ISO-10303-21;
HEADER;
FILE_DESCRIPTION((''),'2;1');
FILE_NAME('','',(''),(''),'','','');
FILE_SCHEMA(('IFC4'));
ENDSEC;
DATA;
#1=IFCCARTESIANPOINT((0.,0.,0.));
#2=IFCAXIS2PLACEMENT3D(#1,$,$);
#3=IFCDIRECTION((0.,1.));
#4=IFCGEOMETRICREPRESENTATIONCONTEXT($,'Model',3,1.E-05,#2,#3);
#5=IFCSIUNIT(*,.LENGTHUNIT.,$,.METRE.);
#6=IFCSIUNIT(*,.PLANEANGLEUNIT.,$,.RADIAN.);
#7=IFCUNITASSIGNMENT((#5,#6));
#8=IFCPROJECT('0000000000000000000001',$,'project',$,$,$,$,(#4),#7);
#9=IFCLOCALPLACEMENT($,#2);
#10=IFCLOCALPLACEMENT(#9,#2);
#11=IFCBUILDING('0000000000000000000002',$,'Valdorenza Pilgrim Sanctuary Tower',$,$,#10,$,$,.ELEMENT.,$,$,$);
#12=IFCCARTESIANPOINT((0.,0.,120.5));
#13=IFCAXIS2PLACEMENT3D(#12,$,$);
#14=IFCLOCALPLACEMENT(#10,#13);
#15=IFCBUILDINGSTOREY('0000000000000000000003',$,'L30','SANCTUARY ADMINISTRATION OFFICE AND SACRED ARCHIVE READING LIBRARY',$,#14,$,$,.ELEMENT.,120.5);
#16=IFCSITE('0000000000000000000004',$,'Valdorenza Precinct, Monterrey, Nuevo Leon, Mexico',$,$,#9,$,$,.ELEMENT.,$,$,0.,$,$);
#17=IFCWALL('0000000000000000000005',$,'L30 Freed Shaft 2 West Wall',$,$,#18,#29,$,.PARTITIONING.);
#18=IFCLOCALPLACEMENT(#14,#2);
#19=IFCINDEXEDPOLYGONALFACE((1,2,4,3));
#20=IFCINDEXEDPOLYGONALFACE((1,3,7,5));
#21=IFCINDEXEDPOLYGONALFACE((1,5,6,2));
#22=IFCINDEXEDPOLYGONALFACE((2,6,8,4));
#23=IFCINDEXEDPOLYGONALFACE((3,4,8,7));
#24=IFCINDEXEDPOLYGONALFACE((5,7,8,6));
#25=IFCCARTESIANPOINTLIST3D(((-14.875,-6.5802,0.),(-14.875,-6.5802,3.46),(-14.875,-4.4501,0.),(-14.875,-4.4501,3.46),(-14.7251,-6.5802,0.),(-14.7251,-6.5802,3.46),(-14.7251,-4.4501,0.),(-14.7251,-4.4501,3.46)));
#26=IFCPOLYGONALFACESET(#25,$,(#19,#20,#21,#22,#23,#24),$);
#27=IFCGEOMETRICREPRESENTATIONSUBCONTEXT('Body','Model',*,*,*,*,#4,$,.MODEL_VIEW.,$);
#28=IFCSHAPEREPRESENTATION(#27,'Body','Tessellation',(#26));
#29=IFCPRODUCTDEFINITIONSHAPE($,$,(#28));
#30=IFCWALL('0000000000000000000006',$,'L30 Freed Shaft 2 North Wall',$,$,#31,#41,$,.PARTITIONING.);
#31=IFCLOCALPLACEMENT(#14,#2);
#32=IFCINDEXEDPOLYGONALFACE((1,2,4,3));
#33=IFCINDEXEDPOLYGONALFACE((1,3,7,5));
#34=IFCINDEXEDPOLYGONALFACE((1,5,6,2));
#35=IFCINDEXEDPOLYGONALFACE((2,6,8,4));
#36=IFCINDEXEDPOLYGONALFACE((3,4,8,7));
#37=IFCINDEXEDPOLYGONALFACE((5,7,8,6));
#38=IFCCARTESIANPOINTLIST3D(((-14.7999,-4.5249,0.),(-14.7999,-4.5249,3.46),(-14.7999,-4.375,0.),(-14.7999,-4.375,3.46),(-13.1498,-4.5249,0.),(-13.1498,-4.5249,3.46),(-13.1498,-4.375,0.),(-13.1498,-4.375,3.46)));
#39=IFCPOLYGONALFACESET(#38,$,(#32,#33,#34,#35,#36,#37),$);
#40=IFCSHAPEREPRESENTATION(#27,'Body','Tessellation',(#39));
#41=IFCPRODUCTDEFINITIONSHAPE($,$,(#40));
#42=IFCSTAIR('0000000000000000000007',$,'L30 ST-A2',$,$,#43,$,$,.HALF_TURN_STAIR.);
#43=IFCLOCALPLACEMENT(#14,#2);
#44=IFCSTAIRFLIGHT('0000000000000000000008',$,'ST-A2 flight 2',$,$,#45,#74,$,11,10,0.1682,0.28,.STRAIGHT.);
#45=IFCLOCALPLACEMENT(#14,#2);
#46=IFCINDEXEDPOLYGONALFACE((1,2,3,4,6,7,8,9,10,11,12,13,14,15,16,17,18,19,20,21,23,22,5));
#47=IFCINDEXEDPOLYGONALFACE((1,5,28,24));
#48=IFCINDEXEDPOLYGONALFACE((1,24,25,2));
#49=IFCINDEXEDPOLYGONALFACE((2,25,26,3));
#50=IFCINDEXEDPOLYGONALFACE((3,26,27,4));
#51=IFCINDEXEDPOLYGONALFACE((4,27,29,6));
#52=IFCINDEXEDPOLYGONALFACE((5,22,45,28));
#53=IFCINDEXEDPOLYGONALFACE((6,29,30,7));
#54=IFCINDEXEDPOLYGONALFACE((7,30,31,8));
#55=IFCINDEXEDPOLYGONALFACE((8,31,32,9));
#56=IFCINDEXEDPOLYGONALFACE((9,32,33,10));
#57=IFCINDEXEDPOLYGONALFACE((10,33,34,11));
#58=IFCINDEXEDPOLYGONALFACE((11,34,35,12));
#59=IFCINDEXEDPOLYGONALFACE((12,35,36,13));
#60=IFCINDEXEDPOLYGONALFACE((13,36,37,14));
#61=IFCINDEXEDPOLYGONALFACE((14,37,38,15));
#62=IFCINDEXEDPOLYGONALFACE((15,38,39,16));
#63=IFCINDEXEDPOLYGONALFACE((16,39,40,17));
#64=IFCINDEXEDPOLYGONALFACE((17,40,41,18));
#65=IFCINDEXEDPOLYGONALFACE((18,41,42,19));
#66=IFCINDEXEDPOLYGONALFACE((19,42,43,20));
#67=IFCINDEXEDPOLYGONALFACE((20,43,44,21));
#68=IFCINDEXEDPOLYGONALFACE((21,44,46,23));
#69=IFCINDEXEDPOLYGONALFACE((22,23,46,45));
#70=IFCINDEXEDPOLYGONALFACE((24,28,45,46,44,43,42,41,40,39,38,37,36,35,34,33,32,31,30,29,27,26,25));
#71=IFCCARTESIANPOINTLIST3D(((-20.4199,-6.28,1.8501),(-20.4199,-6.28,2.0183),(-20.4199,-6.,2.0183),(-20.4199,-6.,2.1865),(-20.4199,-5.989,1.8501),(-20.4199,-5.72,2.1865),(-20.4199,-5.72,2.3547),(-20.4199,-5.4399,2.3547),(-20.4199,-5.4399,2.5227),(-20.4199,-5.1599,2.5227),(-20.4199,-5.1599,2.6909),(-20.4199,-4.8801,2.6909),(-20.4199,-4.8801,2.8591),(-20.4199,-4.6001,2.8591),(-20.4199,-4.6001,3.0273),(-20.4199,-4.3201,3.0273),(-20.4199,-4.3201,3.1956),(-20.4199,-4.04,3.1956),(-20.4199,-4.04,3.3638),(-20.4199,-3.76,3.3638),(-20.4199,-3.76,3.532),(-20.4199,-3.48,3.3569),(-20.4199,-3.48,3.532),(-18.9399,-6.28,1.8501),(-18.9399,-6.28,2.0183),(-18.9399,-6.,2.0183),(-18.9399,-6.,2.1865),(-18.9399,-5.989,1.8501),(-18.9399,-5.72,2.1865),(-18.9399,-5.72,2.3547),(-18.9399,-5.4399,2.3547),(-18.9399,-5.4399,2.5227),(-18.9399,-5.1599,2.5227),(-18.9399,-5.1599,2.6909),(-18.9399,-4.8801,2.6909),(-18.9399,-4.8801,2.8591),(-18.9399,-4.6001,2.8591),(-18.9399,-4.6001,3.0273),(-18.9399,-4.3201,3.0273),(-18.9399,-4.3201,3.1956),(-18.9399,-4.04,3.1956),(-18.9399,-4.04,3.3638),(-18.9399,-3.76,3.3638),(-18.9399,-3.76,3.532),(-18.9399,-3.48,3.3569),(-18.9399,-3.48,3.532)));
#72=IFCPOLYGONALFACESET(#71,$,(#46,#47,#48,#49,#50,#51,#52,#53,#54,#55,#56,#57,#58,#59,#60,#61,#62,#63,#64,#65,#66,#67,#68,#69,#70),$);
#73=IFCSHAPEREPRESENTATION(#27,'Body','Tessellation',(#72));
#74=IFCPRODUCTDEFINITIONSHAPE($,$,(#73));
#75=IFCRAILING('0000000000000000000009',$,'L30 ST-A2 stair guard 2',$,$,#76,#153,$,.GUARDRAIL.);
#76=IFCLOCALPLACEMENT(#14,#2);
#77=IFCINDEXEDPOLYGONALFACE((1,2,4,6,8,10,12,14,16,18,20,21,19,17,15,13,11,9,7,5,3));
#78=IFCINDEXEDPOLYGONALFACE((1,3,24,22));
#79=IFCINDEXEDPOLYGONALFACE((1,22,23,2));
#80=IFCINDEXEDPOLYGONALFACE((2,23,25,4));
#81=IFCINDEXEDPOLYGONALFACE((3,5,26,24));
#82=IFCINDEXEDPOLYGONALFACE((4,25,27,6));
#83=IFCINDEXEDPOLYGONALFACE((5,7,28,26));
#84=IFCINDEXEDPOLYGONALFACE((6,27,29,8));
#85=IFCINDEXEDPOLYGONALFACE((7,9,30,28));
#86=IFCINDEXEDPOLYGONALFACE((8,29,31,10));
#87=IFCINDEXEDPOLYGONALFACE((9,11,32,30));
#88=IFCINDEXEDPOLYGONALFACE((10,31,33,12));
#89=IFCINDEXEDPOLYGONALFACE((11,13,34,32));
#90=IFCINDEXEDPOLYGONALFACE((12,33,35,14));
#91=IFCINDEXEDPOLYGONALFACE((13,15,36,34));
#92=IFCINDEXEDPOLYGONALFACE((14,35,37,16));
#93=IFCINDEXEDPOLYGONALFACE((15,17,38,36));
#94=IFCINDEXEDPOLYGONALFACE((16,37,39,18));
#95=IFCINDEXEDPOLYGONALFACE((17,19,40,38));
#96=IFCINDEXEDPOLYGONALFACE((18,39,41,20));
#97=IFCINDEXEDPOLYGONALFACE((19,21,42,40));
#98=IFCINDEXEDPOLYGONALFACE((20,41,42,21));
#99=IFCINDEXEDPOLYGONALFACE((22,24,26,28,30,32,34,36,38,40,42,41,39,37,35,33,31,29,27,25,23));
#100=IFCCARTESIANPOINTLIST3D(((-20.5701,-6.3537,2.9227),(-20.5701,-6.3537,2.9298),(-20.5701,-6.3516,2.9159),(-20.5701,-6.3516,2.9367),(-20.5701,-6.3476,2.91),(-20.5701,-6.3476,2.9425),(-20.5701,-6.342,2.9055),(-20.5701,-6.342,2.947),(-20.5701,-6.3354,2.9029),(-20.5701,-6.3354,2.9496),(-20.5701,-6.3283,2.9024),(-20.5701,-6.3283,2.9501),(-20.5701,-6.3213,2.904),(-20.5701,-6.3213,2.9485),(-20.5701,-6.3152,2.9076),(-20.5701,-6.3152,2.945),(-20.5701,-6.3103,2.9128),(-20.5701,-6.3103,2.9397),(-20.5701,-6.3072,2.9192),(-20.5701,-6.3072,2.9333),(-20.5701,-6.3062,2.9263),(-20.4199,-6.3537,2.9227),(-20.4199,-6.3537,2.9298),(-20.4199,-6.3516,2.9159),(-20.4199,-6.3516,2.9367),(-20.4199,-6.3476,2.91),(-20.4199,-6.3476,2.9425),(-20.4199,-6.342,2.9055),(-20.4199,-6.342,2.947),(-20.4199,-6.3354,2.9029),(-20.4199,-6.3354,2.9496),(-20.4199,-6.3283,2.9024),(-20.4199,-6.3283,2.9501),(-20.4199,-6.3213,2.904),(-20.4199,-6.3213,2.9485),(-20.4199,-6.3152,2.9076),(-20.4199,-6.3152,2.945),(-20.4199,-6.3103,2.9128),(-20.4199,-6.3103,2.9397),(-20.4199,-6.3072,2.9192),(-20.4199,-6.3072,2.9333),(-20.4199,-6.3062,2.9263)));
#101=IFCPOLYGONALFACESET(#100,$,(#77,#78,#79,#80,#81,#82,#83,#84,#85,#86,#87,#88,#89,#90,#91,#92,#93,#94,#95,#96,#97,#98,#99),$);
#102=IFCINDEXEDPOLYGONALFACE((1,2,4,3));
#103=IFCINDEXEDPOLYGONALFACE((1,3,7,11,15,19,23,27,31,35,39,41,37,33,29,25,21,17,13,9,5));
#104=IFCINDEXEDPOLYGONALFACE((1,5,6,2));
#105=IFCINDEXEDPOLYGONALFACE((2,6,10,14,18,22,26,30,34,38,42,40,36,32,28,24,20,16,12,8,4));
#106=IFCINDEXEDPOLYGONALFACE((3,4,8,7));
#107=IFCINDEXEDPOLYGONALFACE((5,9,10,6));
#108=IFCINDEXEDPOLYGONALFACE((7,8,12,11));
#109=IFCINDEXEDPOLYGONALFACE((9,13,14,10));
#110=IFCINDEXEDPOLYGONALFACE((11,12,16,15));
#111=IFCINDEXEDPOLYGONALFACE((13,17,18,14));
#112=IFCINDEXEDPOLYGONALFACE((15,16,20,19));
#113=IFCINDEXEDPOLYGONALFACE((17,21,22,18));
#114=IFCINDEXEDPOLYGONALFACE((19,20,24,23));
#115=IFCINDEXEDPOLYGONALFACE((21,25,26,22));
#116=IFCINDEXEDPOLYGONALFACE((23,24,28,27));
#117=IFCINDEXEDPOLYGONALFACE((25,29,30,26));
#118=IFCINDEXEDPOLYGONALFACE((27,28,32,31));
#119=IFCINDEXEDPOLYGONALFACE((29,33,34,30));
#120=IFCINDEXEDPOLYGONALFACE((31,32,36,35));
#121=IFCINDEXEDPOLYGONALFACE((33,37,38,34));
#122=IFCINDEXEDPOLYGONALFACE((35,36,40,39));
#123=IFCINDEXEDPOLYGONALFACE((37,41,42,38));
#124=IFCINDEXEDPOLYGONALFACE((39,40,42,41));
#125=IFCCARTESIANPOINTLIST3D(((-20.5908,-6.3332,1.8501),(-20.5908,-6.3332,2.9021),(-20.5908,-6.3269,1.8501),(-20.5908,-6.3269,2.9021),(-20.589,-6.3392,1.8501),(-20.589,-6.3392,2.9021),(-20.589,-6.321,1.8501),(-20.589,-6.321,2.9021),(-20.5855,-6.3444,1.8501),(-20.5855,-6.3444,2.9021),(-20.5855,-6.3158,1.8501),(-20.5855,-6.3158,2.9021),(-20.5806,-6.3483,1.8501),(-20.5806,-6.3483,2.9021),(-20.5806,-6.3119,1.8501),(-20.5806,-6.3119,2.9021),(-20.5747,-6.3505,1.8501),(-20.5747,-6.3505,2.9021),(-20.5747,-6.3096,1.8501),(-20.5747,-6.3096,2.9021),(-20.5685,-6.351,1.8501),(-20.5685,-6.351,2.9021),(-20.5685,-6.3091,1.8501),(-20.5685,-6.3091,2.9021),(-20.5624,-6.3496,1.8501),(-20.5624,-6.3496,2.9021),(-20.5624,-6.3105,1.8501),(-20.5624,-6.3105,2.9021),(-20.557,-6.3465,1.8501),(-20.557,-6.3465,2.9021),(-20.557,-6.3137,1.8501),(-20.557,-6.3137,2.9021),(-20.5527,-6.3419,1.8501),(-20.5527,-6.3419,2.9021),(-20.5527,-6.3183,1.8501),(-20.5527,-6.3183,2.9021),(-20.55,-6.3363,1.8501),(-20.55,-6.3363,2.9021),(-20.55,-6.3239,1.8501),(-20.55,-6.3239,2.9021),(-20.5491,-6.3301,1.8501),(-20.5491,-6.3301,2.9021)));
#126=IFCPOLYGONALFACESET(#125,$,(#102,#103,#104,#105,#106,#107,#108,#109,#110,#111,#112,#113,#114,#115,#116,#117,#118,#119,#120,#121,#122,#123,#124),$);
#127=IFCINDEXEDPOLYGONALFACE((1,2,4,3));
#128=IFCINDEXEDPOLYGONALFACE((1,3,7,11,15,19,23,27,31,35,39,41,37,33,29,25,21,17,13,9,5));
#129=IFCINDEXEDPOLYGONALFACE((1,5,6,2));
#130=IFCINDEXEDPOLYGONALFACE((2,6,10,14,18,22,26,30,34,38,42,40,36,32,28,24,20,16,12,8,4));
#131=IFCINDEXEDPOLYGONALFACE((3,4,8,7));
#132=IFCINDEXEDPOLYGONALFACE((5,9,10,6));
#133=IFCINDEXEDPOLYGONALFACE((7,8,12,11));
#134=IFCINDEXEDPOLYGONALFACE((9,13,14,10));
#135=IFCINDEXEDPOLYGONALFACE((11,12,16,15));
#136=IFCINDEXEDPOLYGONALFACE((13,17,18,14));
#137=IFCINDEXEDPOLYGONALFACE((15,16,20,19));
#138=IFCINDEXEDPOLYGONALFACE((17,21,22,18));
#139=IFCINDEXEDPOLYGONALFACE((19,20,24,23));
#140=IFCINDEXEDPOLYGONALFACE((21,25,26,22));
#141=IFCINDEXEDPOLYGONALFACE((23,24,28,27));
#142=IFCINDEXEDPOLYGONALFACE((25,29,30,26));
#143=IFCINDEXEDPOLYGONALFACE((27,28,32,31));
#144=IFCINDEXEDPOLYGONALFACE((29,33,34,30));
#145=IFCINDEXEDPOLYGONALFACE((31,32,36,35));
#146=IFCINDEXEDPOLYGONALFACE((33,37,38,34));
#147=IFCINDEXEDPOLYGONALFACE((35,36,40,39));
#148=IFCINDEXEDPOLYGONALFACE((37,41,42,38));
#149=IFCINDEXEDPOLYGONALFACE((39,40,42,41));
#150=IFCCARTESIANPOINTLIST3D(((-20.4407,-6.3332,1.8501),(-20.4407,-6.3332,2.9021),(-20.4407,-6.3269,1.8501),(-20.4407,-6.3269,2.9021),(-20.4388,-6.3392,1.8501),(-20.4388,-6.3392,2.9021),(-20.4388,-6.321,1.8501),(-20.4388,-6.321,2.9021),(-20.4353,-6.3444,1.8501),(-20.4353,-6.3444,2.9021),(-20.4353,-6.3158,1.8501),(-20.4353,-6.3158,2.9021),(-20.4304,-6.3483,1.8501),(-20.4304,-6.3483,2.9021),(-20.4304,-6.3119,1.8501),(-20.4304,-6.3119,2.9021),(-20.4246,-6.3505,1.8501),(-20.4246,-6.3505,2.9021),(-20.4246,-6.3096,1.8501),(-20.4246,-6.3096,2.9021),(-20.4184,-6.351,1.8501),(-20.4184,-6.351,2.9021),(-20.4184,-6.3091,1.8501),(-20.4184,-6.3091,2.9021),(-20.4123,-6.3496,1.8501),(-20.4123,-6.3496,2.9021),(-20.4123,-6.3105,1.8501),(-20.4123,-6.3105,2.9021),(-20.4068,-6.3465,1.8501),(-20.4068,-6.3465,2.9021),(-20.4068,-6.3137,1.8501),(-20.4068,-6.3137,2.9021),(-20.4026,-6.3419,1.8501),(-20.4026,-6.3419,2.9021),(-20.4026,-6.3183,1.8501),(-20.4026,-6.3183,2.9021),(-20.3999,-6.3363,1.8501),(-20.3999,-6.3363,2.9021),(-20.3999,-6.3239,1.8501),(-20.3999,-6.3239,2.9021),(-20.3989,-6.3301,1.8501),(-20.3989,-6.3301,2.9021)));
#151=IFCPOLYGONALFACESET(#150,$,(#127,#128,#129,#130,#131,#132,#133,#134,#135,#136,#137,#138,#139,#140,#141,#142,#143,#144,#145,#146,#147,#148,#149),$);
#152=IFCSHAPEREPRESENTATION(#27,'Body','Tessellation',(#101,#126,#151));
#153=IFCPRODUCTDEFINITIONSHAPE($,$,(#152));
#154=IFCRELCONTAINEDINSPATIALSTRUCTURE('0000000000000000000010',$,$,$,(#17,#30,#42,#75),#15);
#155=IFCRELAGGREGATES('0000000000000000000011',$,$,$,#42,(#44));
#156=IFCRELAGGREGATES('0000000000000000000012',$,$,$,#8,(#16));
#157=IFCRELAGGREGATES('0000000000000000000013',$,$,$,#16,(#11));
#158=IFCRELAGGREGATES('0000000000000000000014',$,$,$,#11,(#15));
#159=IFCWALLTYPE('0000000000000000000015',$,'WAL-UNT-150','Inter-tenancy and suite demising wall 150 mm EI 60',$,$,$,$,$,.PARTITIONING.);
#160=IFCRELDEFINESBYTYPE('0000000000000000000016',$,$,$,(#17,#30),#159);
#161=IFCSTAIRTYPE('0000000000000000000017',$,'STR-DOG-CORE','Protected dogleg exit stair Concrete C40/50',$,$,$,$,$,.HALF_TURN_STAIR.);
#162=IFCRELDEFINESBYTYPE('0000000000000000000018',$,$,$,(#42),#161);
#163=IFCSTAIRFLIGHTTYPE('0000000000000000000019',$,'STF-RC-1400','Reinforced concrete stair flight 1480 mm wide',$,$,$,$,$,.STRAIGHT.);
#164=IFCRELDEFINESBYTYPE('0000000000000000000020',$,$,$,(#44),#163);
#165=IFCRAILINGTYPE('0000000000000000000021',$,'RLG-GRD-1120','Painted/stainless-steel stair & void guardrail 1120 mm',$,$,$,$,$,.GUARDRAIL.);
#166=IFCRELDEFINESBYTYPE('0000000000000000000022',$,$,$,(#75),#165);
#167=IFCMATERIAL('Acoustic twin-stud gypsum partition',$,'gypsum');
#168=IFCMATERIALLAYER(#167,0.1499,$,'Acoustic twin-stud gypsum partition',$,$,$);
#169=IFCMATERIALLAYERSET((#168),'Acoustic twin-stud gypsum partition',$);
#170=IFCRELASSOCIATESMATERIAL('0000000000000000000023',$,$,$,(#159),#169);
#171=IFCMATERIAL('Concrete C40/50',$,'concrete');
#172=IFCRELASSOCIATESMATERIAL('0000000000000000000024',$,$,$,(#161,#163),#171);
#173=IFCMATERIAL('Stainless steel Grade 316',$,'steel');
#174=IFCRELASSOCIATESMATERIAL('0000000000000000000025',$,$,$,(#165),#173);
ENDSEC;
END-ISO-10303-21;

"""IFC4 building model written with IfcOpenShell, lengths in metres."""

from ifc_helpers import new_model, si_unit, direction, frame, frame_2d, origin, origin_2d, place, context, subcontext, project, spatial, polyline, rectangle, circle, outline, extrude, material, layer, layer_set, type_object, element, aggregate, save


model = new_model("IFC4")

# Units and contexts
model_context = context("Model", 3, precision=1e-05, world=origin(), true_north=direction((0.0, 1.0)))
body_context = subcontext(model_context, "Body", "Model", "MODEL_VIEW")
ifc_project = project(units=[si_unit("LENGTHUNIT", "METRE"), si_unit("PLANEANGLEUNIT", "RADIAN")], contexts=[model_context])

# Site, building, storey
site_placement = place(None, origin())
site = spatial("IfcSite", under=ifc_project, at=site_placement, Name="Valdorenza Precinct, Monterrey, Nuevo Leon, Mexico", CompositionType="ELEMENT", RefElevation=0.0)
building_placement = place(site_placement, origin())
building = spatial("IfcBuilding", under=site, at=building_placement, Name="Valdorenza Pilgrim Sanctuary Tower", CompositionType="ELEMENT")
storey_placement = place(building_placement, frame((0.0, 0.0, 120.5)))
storey = spatial("IfcBuildingStorey", under=building, at=storey_placement, Name="L30", Description="SANCTUARY ADMINISTRATION OFFICE AND SACRED ARCHIVE READING LIBRARY", CompositionType="ELEMENT", Elevation=120.5)

# Shared definitions
ifc_material_1 = material(Name="Acoustic twin-stud gypsum partition", Category="gypsum")

# Walls
ifc_layer_1 = layer(ifc_material_1, 0.1499, Name="Acoustic twin-stud gypsum partition")
ifc_layer_set_1 = layer_set([ifc_layer_1], Name="Acoustic twin-stud gypsum partition")
wall_type_1 = type_object("IfcWallType", Name="WAL-UNT-150", Description="Inter-tenancy and suite demising wall 150 mm EI 60", PredefinedType="PARTITIONING", material=ifc_layer_set_1)
wall_1_placement = place(storey_placement, frame((-14.8, -6.5801, 0.0), z_axis=(0.0, 0.0, 1.0), x_axis=(0.0, 1.0, 0.0)))
element("IfcWall", 1, at=wall_1_placement, inside=storey, type_object=wall_type_1, Name="L30 Freed Shaft 2 West Wall", PredefinedType="PARTITIONING", context=body_context, shape_type="SweptSolid", body=[
    extrude(rectangle(XDim=2.1301, YDim=0.1499, at=frame_2d((1.0649, 0.0))), origin(), (0.0, 0.0, 1.0), 3.46),
])
wall_2_placement = place(storey_placement, frame((-14.8, -4.45, 0.0), z_axis=(0.0, 0.0, 1.0), x_axis=(1.0, 0.0, 0.0)))
element("IfcWall", 2, at=wall_2_placement, inside=storey, type_object=wall_type_1, Name="L30 Freed Shaft 2 North Wall", PredefinedType="PARTITIONING", context=body_context, shape_type="SweptSolid", body=[
    extrude(rectangle(XDim=1.6501, YDim=0.1499, at=frame_2d((0.8252, 0.0))), origin(), (0.0, 0.0, 1.0), 3.46),
])

# Stair, stair flight
ifc_material_2 = material(Name="Concrete C40/50", Category="concrete")
stair_type = type_object("IfcStairType", Name="STR-DOG-CORE", Description="Protected dogleg exit stair Concrete C40/50", PredefinedType="HALF_TURN_STAIR", material=ifc_material_2)
stair_placement = place(storey_placement, origin())
stair = element("IfcStair", 3, at=stair_placement, inside=storey, type_object=stair_type, Name="L30 ST-A2", PredefinedType="HALF_TURN_STAIR")
stair_flight_type = type_object("IfcStairFlightType", Name="STF-RC-1400", Description="Reinforced concrete stair flight 1480 mm wide", PredefinedType="STRAIGHT", material=ifc_material_2)
stair_flight_placement = place(storey_placement, frame((-19.6799, -6.28, 1.8501), z_axis=(0.0, 0.0, 1.0), x_axis=(0.0, 1.0, 0.0)))
stair_flight = element("IfcStairFlight", 4, at=stair_flight_placement, type_object=stair_flight_type, Name="ST-A2 flight 2", NumberOfRisers=11, NumberOfTreads=10, PredefinedType="STRAIGHT", RiserHeight=0.1682, TreadLength=0.28, context=body_context, shape_type="SweptSolid", body=[
    extrude(outline(polyline([(0.0, 0.0), (0.0, 0.1682), (0.28, 0.1682), (0.28, 0.3364), (0.5601, 0.3364), (0.5601, 0.5046), (0.8401, 0.5046), (0.8401, 0.6726), (1.1201, 0.6726), (1.1201, 0.8408), (1.3999, 0.8408), (1.3999, 1.009), (1.6799, 1.009), (1.6799, 1.1772), (1.96, 1.1772), (1.96, 1.3455), (2.24, 1.3455), (2.24, 1.5137), (2.52, 1.5137), (2.52, 1.6819), (2.8, 1.6819), (2.8, 1.8501), (2.8, 1.5068), (0.291, 0.0), (0.0, 0.0)])), frame((0.0, 0.74, 0.0), z_axis=(0.0, -1.0, 0.0), x_axis=(1.0, 0.0, 0.0)), (0.0, 0.0, 1.0), 1.48),
])
aggregate(stair, [stair_flight])

# Railing
ifc_material_3 = material(Name="Stainless steel Grade 316", Category="steel")
railing_type_1 = type_object("IfcRailingType", Name="RLG-GRD-1120", Description="Painted/stainless-steel stair & void guardrail 1120 mm", PredefinedType="GUARDRAIL", material=ifc_material_3)
railing_1_placement = place(storey_placement, frame((-20.5701, -6.3301, 1.8501)))
element("IfcRailing", 5, at=railing_1_placement, inside=storey, type_object=railing_type_1, Name="L30 ST-A2 stair guard 2", PredefinedType="GUARDRAIL", context=body_context, shape_type="SweptSolid", body=[
    extrude(circle(Radius=0.0239, at=origin_2d()), frame((0.0, 0.0, 1.0762), z_axis=(1.0, 0.0, 0.0), x_axis=(0.0, 1.0, 0.0)), (0.0, 0.0, 1.0), 0.1501),
    extrude(circle(Radius=0.021, at=origin_2d()), origin(), (0.0, 0.0, 1.0), 1.052),
    extrude(circle(Radius=0.021, at=origin_2d()), frame((0.1501, 0.0, 0.0)), (0.0, 0.0, 1.0), 1.052),
])

save(model, "model.ifc")
